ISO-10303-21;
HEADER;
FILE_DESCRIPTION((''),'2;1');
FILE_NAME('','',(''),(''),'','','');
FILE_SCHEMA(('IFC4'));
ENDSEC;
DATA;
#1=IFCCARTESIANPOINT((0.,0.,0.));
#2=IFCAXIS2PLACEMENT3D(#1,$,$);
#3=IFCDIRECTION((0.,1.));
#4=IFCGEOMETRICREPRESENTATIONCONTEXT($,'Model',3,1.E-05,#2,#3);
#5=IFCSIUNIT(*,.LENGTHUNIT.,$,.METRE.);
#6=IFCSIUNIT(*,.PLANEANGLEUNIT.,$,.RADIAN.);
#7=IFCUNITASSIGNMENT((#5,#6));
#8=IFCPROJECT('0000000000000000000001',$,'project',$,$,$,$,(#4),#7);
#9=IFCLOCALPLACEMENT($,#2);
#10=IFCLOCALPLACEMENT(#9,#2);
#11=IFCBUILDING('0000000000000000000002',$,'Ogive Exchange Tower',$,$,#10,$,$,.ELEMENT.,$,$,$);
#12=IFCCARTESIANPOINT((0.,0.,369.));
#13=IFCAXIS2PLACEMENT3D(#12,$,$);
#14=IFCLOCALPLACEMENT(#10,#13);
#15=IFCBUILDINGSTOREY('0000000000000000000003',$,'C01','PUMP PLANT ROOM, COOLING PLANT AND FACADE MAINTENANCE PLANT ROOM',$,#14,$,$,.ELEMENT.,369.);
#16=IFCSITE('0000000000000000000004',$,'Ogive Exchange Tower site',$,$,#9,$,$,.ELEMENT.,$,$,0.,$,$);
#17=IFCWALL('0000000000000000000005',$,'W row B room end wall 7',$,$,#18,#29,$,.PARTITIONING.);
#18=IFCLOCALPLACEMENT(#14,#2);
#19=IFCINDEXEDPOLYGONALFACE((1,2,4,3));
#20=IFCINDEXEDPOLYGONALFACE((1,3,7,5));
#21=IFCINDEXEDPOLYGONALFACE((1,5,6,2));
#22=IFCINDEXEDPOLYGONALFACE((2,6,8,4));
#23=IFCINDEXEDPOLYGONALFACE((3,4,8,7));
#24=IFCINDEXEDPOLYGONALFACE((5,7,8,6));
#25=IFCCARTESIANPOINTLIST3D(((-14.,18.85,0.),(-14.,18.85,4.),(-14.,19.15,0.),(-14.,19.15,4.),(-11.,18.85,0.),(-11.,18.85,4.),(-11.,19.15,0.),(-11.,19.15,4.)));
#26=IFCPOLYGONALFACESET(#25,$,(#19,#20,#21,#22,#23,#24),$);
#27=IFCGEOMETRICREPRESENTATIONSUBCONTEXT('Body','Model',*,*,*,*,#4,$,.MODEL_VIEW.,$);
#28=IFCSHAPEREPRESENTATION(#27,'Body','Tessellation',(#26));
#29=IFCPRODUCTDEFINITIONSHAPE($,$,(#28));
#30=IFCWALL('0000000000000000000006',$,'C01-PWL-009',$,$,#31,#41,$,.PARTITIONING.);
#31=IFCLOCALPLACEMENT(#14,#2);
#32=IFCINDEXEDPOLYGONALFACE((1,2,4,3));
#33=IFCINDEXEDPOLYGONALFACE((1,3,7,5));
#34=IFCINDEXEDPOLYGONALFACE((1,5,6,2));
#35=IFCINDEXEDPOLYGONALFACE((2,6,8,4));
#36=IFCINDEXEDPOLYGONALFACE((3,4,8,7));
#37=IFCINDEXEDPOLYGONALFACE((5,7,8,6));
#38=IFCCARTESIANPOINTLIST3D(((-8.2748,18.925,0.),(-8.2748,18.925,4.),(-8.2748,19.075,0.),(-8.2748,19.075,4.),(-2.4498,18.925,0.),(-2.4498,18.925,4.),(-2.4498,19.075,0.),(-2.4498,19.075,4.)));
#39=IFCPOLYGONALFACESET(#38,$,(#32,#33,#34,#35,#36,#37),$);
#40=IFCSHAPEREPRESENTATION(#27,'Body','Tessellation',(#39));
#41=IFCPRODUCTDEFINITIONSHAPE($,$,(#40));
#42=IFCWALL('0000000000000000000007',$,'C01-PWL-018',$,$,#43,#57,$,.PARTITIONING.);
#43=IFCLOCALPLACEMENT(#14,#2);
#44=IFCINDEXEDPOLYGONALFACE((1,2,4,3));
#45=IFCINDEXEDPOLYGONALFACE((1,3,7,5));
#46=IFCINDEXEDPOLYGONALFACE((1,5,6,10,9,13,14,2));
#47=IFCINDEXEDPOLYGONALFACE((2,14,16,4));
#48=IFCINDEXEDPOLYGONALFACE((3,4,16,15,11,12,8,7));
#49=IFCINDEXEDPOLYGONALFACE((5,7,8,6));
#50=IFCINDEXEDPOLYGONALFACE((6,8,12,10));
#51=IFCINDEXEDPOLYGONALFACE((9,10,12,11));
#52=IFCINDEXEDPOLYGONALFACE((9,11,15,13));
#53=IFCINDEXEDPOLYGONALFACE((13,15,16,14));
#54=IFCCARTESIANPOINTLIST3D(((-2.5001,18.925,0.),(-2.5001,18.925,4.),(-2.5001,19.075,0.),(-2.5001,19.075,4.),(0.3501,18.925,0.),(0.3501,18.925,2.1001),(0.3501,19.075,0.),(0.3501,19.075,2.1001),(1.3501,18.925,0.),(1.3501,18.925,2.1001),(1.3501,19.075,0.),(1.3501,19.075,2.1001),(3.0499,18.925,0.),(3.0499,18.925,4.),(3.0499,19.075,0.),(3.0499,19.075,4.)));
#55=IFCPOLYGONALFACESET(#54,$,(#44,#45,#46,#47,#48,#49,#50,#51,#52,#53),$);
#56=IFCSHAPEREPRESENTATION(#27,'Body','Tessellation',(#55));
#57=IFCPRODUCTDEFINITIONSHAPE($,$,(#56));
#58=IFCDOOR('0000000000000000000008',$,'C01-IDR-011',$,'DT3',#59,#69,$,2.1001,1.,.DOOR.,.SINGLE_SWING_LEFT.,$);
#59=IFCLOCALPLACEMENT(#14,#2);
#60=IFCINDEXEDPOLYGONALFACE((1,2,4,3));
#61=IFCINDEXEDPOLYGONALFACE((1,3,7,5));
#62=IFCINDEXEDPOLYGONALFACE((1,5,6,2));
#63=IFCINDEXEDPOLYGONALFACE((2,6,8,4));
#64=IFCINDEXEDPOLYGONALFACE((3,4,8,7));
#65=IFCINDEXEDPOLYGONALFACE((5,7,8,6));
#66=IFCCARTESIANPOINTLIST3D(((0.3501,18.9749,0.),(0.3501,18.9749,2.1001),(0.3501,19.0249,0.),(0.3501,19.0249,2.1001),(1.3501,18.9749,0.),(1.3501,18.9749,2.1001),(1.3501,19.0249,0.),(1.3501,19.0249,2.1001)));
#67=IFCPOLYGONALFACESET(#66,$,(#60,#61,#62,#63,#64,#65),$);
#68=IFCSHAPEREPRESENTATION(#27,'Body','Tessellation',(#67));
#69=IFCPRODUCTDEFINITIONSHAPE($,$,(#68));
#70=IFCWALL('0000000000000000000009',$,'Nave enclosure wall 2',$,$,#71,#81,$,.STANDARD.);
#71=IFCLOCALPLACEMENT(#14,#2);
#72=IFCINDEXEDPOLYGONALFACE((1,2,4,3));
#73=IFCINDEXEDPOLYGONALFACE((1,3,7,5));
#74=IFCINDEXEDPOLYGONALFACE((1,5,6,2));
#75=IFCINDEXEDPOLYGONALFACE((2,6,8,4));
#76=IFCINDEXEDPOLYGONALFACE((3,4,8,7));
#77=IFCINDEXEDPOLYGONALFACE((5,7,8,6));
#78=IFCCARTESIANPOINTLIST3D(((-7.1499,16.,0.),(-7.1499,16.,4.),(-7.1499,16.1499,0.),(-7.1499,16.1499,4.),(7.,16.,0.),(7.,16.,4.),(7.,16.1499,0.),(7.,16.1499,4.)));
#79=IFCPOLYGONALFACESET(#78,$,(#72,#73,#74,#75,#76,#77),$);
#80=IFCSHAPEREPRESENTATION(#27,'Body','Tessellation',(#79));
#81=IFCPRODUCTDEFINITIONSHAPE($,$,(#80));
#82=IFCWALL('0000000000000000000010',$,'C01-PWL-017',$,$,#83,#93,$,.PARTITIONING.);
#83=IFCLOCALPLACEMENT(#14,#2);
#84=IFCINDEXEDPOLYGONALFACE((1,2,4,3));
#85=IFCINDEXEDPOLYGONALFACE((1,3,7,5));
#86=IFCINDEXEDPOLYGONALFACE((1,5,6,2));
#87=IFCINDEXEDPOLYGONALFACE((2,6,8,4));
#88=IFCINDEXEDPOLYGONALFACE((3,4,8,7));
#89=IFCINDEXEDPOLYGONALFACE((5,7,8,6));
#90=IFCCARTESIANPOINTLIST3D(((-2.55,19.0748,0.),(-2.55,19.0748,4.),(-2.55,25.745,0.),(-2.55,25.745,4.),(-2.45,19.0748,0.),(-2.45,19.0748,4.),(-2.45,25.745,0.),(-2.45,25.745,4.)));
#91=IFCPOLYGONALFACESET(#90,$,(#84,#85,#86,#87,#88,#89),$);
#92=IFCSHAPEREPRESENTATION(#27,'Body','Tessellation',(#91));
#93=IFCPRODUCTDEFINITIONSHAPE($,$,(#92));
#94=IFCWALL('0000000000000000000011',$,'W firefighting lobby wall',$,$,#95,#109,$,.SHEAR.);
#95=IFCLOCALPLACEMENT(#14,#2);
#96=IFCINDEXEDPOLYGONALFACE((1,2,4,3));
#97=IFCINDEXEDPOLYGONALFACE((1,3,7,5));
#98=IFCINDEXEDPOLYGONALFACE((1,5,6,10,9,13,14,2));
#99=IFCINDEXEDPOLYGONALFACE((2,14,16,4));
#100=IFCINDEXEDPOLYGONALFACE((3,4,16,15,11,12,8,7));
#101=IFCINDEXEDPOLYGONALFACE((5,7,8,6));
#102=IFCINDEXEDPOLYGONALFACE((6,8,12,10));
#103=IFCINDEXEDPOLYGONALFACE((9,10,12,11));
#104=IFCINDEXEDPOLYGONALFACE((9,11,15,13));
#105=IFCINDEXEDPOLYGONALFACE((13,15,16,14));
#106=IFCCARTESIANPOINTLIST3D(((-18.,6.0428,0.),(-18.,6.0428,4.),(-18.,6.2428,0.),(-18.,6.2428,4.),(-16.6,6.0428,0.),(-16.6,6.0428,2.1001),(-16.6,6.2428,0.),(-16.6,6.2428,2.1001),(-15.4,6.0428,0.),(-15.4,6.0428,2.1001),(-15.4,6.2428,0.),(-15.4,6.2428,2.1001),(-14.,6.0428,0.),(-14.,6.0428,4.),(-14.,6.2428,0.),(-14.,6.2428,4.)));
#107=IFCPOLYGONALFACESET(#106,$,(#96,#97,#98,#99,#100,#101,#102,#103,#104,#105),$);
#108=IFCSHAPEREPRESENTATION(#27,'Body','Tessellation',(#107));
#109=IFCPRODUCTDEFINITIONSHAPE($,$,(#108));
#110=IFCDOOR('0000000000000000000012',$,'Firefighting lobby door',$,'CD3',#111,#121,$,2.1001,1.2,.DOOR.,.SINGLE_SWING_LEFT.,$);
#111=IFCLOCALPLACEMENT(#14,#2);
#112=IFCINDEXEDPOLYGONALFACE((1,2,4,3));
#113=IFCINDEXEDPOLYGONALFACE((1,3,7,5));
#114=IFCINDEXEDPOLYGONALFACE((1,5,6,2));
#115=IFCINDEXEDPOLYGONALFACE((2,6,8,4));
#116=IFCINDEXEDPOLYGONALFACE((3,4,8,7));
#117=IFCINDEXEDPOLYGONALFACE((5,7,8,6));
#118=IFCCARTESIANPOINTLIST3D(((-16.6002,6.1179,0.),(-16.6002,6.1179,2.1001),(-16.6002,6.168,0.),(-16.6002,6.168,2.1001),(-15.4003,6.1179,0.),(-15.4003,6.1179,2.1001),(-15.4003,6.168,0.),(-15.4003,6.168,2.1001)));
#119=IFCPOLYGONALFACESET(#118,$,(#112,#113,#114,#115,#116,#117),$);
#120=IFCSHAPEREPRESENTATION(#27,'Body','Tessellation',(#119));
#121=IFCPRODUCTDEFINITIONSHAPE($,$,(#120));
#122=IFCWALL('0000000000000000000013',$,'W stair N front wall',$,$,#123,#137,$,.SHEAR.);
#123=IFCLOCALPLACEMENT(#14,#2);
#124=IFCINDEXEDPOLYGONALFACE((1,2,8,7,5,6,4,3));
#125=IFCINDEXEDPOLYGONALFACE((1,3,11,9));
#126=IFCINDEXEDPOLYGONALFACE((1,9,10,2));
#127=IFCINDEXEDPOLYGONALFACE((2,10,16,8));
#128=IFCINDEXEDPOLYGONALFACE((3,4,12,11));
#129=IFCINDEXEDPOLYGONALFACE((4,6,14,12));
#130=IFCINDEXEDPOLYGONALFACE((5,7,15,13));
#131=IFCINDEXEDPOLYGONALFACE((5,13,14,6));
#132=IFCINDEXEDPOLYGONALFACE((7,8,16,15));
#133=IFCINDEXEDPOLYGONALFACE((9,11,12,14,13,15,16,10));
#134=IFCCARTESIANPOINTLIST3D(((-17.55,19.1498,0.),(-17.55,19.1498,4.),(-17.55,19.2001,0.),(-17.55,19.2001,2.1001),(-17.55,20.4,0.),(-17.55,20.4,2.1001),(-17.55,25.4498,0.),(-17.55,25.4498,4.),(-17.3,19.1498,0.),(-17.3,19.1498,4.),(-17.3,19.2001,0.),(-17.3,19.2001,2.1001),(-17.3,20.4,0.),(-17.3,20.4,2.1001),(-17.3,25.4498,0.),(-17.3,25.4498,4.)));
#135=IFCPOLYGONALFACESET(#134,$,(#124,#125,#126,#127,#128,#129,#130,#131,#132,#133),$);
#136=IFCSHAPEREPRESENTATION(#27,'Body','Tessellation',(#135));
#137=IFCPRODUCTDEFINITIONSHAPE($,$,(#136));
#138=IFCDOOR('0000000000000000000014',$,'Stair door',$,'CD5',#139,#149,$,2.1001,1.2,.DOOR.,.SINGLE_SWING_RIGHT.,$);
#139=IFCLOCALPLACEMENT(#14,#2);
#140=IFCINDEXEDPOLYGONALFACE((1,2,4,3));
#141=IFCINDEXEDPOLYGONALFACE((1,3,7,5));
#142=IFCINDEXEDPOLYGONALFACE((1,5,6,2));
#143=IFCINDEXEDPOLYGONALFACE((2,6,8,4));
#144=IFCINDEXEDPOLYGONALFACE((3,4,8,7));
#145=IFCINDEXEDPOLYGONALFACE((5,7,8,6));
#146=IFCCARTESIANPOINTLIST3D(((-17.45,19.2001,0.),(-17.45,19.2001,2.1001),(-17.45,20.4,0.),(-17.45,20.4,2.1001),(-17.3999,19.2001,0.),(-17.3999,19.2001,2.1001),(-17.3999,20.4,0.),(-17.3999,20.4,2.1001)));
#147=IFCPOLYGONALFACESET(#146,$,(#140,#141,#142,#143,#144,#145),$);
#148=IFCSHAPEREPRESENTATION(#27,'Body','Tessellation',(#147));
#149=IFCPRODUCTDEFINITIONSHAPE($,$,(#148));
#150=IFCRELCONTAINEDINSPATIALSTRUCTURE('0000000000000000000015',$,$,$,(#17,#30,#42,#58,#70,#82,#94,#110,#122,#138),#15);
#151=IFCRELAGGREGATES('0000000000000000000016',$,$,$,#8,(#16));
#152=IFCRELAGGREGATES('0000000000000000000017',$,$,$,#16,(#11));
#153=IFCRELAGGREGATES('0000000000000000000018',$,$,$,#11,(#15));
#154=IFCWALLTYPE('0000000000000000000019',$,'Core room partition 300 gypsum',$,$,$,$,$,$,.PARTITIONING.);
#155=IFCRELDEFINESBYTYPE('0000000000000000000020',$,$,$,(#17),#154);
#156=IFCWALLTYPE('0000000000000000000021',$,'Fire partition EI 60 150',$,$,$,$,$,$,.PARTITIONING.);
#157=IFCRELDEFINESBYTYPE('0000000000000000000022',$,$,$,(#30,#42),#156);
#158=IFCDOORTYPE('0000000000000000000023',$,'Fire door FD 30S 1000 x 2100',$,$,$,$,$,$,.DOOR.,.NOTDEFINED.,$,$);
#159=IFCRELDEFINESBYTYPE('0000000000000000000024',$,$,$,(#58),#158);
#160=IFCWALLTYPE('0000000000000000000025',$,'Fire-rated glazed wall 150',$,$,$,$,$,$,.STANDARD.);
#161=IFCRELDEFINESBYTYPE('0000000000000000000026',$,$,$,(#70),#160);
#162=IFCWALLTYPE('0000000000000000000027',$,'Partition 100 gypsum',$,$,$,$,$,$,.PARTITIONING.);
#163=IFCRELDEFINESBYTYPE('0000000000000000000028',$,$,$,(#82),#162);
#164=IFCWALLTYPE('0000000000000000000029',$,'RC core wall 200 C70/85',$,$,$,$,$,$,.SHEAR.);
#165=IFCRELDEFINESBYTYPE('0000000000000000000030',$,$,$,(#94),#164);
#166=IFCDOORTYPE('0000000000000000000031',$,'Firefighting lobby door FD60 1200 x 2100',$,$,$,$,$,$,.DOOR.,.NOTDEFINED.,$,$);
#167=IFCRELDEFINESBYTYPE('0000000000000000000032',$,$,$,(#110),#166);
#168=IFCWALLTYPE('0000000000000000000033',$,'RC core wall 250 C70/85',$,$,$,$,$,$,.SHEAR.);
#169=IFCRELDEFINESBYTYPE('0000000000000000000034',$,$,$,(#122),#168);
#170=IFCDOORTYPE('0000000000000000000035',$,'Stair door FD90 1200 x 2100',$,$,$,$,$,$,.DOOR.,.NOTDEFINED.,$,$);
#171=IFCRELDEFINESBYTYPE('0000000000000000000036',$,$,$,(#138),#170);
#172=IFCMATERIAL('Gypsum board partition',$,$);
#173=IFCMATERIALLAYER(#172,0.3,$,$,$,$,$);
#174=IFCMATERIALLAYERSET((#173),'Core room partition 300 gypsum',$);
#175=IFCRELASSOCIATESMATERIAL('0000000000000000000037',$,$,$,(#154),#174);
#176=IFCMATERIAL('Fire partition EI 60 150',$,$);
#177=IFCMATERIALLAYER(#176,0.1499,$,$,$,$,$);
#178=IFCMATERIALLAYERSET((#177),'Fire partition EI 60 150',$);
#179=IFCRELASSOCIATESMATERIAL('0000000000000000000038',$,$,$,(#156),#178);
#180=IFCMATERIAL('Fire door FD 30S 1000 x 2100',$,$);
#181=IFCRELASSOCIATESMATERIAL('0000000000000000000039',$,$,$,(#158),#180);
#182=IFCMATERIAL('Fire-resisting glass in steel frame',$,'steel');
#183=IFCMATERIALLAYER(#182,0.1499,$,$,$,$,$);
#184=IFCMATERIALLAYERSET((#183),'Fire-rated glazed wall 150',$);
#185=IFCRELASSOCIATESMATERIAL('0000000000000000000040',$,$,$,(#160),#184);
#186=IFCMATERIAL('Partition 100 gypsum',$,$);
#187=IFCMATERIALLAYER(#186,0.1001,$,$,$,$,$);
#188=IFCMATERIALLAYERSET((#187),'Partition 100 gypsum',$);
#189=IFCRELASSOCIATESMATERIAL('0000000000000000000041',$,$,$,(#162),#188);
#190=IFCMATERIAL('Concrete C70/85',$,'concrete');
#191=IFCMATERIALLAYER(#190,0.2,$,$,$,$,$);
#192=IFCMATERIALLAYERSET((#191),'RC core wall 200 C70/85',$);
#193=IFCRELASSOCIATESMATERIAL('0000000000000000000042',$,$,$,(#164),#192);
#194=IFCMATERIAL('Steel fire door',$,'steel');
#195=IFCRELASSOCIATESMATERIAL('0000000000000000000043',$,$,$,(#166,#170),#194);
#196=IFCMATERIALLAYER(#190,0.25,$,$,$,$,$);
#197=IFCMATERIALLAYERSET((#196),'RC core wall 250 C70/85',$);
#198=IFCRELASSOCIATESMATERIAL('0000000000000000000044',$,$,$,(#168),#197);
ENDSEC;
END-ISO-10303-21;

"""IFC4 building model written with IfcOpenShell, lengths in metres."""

from ifc_helpers import new_model, si_unit, direction, frame, frame_2d, origin, place, context, subcontext, project, spatial, rectangle, extrude, material, layer, layer_set, type_object, element, fill, save


model = new_model("IFC4")

# Units and contexts
model_context = context("Model", 3, precision=1e-05, world=origin(), true_north=direction((0.0, 1.0)))
body_context = subcontext(model_context, "Body", "Model", "MODEL_VIEW")
ifc_project = project(units=[si_unit("LENGTHUNIT", "METRE"), si_unit("PLANEANGLEUNIT", "RADIAN")], contexts=[model_context])

# Site, building, storey
site_placement = place(None, origin())
site = spatial("IfcSite", under=ifc_project, at=site_placement, Name="Ogive Exchange Tower site", CompositionType="ELEMENT", RefElevation=0.0)
building_placement = place(site_placement, origin())
building = spatial("IfcBuilding", under=site, at=building_placement, Name="Ogive Exchange Tower", CompositionType="ELEMENT")
storey_placement = place(building_placement, frame((0.0, 0.0, 369.0)))
storey = spatial("IfcBuildingStorey", under=building, at=storey_placement, Name="C01", Description="PUMP PLANT ROOM, COOLING PLANT AND FACADE MAINTENANCE PLANT ROOM", CompositionType="ELEMENT", Elevation=369.0)

# Walls
ifc_material_1 = material(Name="Gypsum board partition")
ifc_layer_1 = layer(ifc_material_1, 0.3)
ifc_layer_set_1 = layer_set([ifc_layer_1], Name="Core room partition 300 gypsum")
wall_type_1 = type_object("IfcWallType", Name="Core room partition 300 gypsum", PredefinedType="PARTITIONING", material=ifc_layer_set_1)
wall_1_placement = place(storey_placement, frame((-14.0, 19.0, 0.0), z_axis=(0.0, 0.0, 1.0), x_axis=(1.0, 0.0, 0.0)))
element("IfcWall", 1, at=wall_1_placement, inside=storey, type_object=wall_type_1, Name="W row B room end wall 7", PredefinedType="PARTITIONING", context=body_context, shape_type="SweptSolid", body=[
    extrude(rectangle(XDim=3.0, YDim=0.3, at=frame_2d((1.5, 0.0))), origin(), (0.0, 0.0, 1.0), 4.0),
])
ifc_material_2 = material(Name="Fire partition EI 60 150")
ifc_layer_2 = layer(ifc_material_2, 0.1499)
ifc_layer_set_2 = layer_set([ifc_layer_2], Name="Fire partition EI 60 150")
wall_type_2 = type_object("IfcWallType", Name="Fire partition EI 60 150", PredefinedType="PARTITIONING", material=ifc_layer_set_2)
wall_2_placement = place(storey_placement, frame((-8.2749, 19.0, 0.0), z_axis=(0.0, 0.0, 1.0), x_axis=(1.0, 0.0, 0.0)))
element("IfcWall", 2, at=wall_2_placement, inside=storey, type_object=wall_type_2, Name="C01-PWL-009", PredefinedType="PARTITIONING", context=body_context, shape_type="SweptSolid", body=[
    extrude(rectangle(XDim=5.825, YDim=0.1499, at=frame_2d((2.9126, 0.0))), origin(), (0.0, 0.0, 1.0), 4.0),
])

# Wall, opening, door
wall_3_placement = place(storey_placement, frame((-2.5, 19.0, 0.0), z_axis=(0.0, 0.0, 1.0), x_axis=(1.0, 0.0, 0.0)))
wall_3 = element("IfcWall", 3, at=wall_3_placement, inside=storey, type_object=wall_type_2, Name="C01-PWL-018", PredefinedType="PARTITIONING", context=body_context, shape_type="SweptSolid", body=[
    extrude(rectangle(XDim=5.55, YDim=0.1499, at=frame_2d((2.7749, 0.0))), origin(), (0.0, 0.0, 1.0), 4.0),
])
opening_1_placement = place(wall_3_placement, frame((2.8501, 0.0, 0.0)))
opening_1 = element("IfcOpeningElement", 4, at=opening_1_placement, cuts=wall_3, PredefinedType="OPENING", context=body_context, shape_type="SweptSolid", body=[
    extrude(rectangle(XDim=1.0, YDim=2.1001, at=frame_2d((0.5, 1.05))), frame((0.0, 0.085, 0.0), z_axis=(0.0, -1.0, 0.0), x_axis=(1.0, 0.0, 0.0)), (0.0, 0.0, 1.0), 0.1699),
])
ifc_material_3 = material(Name="Fire door FD 30S 1000 x 2100")
door_type_1 = type_object("IfcDoorType", Name="Fire door FD 30S 1000 x 2100", OperationType="NOTDEFINED", PredefinedType="DOOR", material=ifc_material_3)
door_1_placement = place(opening_1_placement, origin())
door_1 = element("IfcDoor", 5, at=door_1_placement, inside=storey, type_object=door_type_1, Name="C01-IDR-011", ObjectType="DT3", OperationType="SINGLE_SWING_LEFT", OverallHeight=2.1001, OverallWidth=1.0, PredefinedType="DOOR", context=body_context, shape_type="SweptSolid", body=[
    extrude(rectangle(XDim=1.0, YDim=2.1001, at=frame_2d((0.5, 1.05))), frame((0.0, 0.0249, 0.0), z_axis=(0.0, -1.0, 0.0), x_axis=(1.0, 0.0, 0.0)), (0.0, 0.0, 1.0), 0.05),
])
fill(opening_1, door_1)

# Walls
ifc_material_4 = material(Name="Fire-resisting glass in steel frame", Category="steel")
ifc_layer_3 = layer(ifc_material_4, 0.1499)
ifc_layer_set_3 = layer_set([ifc_layer_3], Name="Fire-rated glazed wall 150")
wall_type_3 = type_object("IfcWallType", Name="Fire-rated glazed wall 150", PredefinedType="STANDARD", material=ifc_layer_set_3)
wall_4_placement = place(storey_placement, frame((-7.1499, 16.075, 0.0), z_axis=(0.0, 0.0, 1.0), x_axis=(1.0, 0.0, 0.0)))
element("IfcWall", 6, at=wall_4_placement, inside=storey, type_object=wall_type_3, Name="Nave enclosure wall 2", PredefinedType="STANDARD", context=body_context, shape_type="SweptSolid", body=[
    extrude(rectangle(XDim=14.1499, YDim=0.1499, at=frame_2d((7.075, 0.0))), origin(), (0.0, 0.0, 1.0), 4.0),
])
ifc_material_5 = material(Name="Partition 100 gypsum")
ifc_layer_4 = layer(ifc_material_5, 0.1001)
ifc_layer_set_4 = layer_set([ifc_layer_4], Name="Partition 100 gypsum")
wall_type_4 = type_object("IfcWallType", Name="Partition 100 gypsum", PredefinedType="PARTITIONING", material=ifc_layer_set_4)
wall_5_placement = place(storey_placement, frame((-2.5, 19.075, 0.0), z_axis=(0.0, 0.0, 1.0), x_axis=(0.0, 1.0, 0.0)))
element("IfcWall", 7, at=wall_5_placement, inside=storey, type_object=wall_type_4, Name="C01-PWL-017", PredefinedType="PARTITIONING", context=body_context, shape_type="SweptSolid", body=[
    extrude(rectangle(XDim=6.6702, YDim=0.1001, at=frame_2d((3.335, 0.0))), origin(), (0.0, 0.0, 1.0), 4.0),
])

# Walls, openings, doors
ifc_material_6 = material(Name="Concrete C70/85", Category="concrete")
ifc_layer_5 = layer(ifc_material_6, 0.2)
ifc_layer_set_5 = layer_set([ifc_layer_5], Name="RC core wall 200 C70/85")
wall_type_5 = type_object("IfcWallType", Name="RC core wall 200 C70/85", PredefinedType="SHEAR", material=ifc_layer_set_5)
wall_6_placement = place(storey_placement, frame((-18.0, 6.1428, 0.0), z_axis=(0.0, 0.0, 1.0), x_axis=(1.0, 0.0, 0.0)))
wall_6 = element("IfcWall", 8, at=wall_6_placement, inside=storey, type_object=wall_type_5, Name="W firefighting lobby wall", PredefinedType="SHEAR", context=body_context, shape_type="SweptSolid", body=[
    extrude(rectangle(XDim=4.0, YDim=0.2, at=frame_2d((2.0, 0.0))), origin(), (0.0, 0.0, 1.0), 4.0),
])
opening_2_placement = place(wall_6_placement, frame((1.3999, 0.0, 0.0)))
opening_2 = element("IfcOpeningElement", 9, at=opening_2_placement, cuts=wall_6, PredefinedType="OPENING", context=body_context, shape_type="SweptSolid", body=[
    extrude(rectangle(XDim=1.2, YDim=2.1001, at=frame_2d((0.6001, 1.05))), frame((0.0, 0.1099, 0.0), z_axis=(0.0, -1.0, 0.0), x_axis=(1.0, 0.0, 0.0)), (0.0, 0.0, 1.0), 0.22),
])
ifc_material_7 = material(Name="Steel fire door", Category="steel")
door_type_2 = type_object("IfcDoorType", Name="Firefighting lobby door FD60 1200 x 2100", OperationType="NOTDEFINED", PredefinedType="DOOR", material=ifc_material_7)
door_2_placement = place(opening_2_placement, frame((1.2, 0.0, 0.0), z_axis=(0.0, 0.0, 1.0), x_axis=(-1.0, 0.0, 0.0)))
door_2 = element("IfcDoor", 10, at=door_2_placement, inside=storey, type_object=door_type_2, Name="Firefighting lobby door", ObjectType="CD3", OperationType="SINGLE_SWING_LEFT", OverallHeight=2.1001, OverallWidth=1.2, PredefinedType="DOOR", context=body_context, shape_type="SweptSolid", body=[
    extrude(rectangle(XDim=1.2, YDim=2.1001, at=frame_2d((0.6001, 1.05))), frame((0.0, 0.0249, 0.0), z_axis=(0.0, -1.0, 0.0), x_axis=(1.0, 0.0, 0.0)), (0.0, 0.0, 1.0), 0.05),
])
fill(opening_2, door_2)
ifc_layer_6 = layer(ifc_material_6, 0.25)
ifc_layer_set_6 = layer_set([ifc_layer_6], Name="RC core wall 250 C70/85")
wall_type_6 = type_object("IfcWallType", Name="RC core wall 250 C70/85", PredefinedType="SHEAR", material=ifc_layer_set_6)
wall_7_placement = place(storey_placement, frame((-17.425, 19.1499, 0.0), z_axis=(0.0, 0.0, 1.0), x_axis=(0.0, 1.0, 0.0)))
wall_7 = element("IfcWall", 11, at=wall_7_placement, inside=storey, type_object=wall_type_6, Name="W stair N front wall", PredefinedType="SHEAR", context=body_context, shape_type="SweptSolid", body=[
    extrude(rectangle(XDim=6.3, YDim=0.25, at=frame_2d((3.1499, 0.0))), origin(), (0.0, 0.0, 1.0), 4.0),
])
opening_3_placement = place(wall_7_placement, frame((0.05, 0.0, 0.0)))
opening_3 = element("IfcOpeningElement", 12, at=opening_3_placement, cuts=wall_7, PredefinedType="OPENING", context=body_context, shape_type="SweptSolid", body=[
    extrude(rectangle(XDim=1.2, YDim=2.1001, at=frame_2d((0.6001, 1.05))), frame((0.0, 0.135, 0.0), z_axis=(0.0, -1.0, 0.0), x_axis=(1.0, 0.0, 0.0)), (0.0, 0.0, 1.0), 0.27),
])
door_type_3 = type_object("IfcDoorType", Name="Stair door FD90 1200 x 2100", OperationType="NOTDEFINED", PredefinedType="DOOR", material=ifc_material_7)
door_3_placement = place(opening_3_placement, origin())
door_3 = element("IfcDoor", 13, at=door_3_placement, inside=storey, type_object=door_type_3, Name="Stair door", ObjectType="CD5", OperationType="SINGLE_SWING_RIGHT", OverallHeight=2.1001, OverallWidth=1.2, PredefinedType="DOOR", context=body_context, shape_type="SweptSolid", body=[
    extrude(rectangle(XDim=1.2, YDim=2.1001, at=frame_2d((0.6001, 1.05))), frame((0.0, 0.0249, 0.0), z_axis=(0.0, -1.0, 0.0), x_axis=(1.0, 0.0, 0.0)), (0.0, 0.0, 1.0), 0.05),
])
fill(opening_3, door_3)

save(model, "model.ifc")
